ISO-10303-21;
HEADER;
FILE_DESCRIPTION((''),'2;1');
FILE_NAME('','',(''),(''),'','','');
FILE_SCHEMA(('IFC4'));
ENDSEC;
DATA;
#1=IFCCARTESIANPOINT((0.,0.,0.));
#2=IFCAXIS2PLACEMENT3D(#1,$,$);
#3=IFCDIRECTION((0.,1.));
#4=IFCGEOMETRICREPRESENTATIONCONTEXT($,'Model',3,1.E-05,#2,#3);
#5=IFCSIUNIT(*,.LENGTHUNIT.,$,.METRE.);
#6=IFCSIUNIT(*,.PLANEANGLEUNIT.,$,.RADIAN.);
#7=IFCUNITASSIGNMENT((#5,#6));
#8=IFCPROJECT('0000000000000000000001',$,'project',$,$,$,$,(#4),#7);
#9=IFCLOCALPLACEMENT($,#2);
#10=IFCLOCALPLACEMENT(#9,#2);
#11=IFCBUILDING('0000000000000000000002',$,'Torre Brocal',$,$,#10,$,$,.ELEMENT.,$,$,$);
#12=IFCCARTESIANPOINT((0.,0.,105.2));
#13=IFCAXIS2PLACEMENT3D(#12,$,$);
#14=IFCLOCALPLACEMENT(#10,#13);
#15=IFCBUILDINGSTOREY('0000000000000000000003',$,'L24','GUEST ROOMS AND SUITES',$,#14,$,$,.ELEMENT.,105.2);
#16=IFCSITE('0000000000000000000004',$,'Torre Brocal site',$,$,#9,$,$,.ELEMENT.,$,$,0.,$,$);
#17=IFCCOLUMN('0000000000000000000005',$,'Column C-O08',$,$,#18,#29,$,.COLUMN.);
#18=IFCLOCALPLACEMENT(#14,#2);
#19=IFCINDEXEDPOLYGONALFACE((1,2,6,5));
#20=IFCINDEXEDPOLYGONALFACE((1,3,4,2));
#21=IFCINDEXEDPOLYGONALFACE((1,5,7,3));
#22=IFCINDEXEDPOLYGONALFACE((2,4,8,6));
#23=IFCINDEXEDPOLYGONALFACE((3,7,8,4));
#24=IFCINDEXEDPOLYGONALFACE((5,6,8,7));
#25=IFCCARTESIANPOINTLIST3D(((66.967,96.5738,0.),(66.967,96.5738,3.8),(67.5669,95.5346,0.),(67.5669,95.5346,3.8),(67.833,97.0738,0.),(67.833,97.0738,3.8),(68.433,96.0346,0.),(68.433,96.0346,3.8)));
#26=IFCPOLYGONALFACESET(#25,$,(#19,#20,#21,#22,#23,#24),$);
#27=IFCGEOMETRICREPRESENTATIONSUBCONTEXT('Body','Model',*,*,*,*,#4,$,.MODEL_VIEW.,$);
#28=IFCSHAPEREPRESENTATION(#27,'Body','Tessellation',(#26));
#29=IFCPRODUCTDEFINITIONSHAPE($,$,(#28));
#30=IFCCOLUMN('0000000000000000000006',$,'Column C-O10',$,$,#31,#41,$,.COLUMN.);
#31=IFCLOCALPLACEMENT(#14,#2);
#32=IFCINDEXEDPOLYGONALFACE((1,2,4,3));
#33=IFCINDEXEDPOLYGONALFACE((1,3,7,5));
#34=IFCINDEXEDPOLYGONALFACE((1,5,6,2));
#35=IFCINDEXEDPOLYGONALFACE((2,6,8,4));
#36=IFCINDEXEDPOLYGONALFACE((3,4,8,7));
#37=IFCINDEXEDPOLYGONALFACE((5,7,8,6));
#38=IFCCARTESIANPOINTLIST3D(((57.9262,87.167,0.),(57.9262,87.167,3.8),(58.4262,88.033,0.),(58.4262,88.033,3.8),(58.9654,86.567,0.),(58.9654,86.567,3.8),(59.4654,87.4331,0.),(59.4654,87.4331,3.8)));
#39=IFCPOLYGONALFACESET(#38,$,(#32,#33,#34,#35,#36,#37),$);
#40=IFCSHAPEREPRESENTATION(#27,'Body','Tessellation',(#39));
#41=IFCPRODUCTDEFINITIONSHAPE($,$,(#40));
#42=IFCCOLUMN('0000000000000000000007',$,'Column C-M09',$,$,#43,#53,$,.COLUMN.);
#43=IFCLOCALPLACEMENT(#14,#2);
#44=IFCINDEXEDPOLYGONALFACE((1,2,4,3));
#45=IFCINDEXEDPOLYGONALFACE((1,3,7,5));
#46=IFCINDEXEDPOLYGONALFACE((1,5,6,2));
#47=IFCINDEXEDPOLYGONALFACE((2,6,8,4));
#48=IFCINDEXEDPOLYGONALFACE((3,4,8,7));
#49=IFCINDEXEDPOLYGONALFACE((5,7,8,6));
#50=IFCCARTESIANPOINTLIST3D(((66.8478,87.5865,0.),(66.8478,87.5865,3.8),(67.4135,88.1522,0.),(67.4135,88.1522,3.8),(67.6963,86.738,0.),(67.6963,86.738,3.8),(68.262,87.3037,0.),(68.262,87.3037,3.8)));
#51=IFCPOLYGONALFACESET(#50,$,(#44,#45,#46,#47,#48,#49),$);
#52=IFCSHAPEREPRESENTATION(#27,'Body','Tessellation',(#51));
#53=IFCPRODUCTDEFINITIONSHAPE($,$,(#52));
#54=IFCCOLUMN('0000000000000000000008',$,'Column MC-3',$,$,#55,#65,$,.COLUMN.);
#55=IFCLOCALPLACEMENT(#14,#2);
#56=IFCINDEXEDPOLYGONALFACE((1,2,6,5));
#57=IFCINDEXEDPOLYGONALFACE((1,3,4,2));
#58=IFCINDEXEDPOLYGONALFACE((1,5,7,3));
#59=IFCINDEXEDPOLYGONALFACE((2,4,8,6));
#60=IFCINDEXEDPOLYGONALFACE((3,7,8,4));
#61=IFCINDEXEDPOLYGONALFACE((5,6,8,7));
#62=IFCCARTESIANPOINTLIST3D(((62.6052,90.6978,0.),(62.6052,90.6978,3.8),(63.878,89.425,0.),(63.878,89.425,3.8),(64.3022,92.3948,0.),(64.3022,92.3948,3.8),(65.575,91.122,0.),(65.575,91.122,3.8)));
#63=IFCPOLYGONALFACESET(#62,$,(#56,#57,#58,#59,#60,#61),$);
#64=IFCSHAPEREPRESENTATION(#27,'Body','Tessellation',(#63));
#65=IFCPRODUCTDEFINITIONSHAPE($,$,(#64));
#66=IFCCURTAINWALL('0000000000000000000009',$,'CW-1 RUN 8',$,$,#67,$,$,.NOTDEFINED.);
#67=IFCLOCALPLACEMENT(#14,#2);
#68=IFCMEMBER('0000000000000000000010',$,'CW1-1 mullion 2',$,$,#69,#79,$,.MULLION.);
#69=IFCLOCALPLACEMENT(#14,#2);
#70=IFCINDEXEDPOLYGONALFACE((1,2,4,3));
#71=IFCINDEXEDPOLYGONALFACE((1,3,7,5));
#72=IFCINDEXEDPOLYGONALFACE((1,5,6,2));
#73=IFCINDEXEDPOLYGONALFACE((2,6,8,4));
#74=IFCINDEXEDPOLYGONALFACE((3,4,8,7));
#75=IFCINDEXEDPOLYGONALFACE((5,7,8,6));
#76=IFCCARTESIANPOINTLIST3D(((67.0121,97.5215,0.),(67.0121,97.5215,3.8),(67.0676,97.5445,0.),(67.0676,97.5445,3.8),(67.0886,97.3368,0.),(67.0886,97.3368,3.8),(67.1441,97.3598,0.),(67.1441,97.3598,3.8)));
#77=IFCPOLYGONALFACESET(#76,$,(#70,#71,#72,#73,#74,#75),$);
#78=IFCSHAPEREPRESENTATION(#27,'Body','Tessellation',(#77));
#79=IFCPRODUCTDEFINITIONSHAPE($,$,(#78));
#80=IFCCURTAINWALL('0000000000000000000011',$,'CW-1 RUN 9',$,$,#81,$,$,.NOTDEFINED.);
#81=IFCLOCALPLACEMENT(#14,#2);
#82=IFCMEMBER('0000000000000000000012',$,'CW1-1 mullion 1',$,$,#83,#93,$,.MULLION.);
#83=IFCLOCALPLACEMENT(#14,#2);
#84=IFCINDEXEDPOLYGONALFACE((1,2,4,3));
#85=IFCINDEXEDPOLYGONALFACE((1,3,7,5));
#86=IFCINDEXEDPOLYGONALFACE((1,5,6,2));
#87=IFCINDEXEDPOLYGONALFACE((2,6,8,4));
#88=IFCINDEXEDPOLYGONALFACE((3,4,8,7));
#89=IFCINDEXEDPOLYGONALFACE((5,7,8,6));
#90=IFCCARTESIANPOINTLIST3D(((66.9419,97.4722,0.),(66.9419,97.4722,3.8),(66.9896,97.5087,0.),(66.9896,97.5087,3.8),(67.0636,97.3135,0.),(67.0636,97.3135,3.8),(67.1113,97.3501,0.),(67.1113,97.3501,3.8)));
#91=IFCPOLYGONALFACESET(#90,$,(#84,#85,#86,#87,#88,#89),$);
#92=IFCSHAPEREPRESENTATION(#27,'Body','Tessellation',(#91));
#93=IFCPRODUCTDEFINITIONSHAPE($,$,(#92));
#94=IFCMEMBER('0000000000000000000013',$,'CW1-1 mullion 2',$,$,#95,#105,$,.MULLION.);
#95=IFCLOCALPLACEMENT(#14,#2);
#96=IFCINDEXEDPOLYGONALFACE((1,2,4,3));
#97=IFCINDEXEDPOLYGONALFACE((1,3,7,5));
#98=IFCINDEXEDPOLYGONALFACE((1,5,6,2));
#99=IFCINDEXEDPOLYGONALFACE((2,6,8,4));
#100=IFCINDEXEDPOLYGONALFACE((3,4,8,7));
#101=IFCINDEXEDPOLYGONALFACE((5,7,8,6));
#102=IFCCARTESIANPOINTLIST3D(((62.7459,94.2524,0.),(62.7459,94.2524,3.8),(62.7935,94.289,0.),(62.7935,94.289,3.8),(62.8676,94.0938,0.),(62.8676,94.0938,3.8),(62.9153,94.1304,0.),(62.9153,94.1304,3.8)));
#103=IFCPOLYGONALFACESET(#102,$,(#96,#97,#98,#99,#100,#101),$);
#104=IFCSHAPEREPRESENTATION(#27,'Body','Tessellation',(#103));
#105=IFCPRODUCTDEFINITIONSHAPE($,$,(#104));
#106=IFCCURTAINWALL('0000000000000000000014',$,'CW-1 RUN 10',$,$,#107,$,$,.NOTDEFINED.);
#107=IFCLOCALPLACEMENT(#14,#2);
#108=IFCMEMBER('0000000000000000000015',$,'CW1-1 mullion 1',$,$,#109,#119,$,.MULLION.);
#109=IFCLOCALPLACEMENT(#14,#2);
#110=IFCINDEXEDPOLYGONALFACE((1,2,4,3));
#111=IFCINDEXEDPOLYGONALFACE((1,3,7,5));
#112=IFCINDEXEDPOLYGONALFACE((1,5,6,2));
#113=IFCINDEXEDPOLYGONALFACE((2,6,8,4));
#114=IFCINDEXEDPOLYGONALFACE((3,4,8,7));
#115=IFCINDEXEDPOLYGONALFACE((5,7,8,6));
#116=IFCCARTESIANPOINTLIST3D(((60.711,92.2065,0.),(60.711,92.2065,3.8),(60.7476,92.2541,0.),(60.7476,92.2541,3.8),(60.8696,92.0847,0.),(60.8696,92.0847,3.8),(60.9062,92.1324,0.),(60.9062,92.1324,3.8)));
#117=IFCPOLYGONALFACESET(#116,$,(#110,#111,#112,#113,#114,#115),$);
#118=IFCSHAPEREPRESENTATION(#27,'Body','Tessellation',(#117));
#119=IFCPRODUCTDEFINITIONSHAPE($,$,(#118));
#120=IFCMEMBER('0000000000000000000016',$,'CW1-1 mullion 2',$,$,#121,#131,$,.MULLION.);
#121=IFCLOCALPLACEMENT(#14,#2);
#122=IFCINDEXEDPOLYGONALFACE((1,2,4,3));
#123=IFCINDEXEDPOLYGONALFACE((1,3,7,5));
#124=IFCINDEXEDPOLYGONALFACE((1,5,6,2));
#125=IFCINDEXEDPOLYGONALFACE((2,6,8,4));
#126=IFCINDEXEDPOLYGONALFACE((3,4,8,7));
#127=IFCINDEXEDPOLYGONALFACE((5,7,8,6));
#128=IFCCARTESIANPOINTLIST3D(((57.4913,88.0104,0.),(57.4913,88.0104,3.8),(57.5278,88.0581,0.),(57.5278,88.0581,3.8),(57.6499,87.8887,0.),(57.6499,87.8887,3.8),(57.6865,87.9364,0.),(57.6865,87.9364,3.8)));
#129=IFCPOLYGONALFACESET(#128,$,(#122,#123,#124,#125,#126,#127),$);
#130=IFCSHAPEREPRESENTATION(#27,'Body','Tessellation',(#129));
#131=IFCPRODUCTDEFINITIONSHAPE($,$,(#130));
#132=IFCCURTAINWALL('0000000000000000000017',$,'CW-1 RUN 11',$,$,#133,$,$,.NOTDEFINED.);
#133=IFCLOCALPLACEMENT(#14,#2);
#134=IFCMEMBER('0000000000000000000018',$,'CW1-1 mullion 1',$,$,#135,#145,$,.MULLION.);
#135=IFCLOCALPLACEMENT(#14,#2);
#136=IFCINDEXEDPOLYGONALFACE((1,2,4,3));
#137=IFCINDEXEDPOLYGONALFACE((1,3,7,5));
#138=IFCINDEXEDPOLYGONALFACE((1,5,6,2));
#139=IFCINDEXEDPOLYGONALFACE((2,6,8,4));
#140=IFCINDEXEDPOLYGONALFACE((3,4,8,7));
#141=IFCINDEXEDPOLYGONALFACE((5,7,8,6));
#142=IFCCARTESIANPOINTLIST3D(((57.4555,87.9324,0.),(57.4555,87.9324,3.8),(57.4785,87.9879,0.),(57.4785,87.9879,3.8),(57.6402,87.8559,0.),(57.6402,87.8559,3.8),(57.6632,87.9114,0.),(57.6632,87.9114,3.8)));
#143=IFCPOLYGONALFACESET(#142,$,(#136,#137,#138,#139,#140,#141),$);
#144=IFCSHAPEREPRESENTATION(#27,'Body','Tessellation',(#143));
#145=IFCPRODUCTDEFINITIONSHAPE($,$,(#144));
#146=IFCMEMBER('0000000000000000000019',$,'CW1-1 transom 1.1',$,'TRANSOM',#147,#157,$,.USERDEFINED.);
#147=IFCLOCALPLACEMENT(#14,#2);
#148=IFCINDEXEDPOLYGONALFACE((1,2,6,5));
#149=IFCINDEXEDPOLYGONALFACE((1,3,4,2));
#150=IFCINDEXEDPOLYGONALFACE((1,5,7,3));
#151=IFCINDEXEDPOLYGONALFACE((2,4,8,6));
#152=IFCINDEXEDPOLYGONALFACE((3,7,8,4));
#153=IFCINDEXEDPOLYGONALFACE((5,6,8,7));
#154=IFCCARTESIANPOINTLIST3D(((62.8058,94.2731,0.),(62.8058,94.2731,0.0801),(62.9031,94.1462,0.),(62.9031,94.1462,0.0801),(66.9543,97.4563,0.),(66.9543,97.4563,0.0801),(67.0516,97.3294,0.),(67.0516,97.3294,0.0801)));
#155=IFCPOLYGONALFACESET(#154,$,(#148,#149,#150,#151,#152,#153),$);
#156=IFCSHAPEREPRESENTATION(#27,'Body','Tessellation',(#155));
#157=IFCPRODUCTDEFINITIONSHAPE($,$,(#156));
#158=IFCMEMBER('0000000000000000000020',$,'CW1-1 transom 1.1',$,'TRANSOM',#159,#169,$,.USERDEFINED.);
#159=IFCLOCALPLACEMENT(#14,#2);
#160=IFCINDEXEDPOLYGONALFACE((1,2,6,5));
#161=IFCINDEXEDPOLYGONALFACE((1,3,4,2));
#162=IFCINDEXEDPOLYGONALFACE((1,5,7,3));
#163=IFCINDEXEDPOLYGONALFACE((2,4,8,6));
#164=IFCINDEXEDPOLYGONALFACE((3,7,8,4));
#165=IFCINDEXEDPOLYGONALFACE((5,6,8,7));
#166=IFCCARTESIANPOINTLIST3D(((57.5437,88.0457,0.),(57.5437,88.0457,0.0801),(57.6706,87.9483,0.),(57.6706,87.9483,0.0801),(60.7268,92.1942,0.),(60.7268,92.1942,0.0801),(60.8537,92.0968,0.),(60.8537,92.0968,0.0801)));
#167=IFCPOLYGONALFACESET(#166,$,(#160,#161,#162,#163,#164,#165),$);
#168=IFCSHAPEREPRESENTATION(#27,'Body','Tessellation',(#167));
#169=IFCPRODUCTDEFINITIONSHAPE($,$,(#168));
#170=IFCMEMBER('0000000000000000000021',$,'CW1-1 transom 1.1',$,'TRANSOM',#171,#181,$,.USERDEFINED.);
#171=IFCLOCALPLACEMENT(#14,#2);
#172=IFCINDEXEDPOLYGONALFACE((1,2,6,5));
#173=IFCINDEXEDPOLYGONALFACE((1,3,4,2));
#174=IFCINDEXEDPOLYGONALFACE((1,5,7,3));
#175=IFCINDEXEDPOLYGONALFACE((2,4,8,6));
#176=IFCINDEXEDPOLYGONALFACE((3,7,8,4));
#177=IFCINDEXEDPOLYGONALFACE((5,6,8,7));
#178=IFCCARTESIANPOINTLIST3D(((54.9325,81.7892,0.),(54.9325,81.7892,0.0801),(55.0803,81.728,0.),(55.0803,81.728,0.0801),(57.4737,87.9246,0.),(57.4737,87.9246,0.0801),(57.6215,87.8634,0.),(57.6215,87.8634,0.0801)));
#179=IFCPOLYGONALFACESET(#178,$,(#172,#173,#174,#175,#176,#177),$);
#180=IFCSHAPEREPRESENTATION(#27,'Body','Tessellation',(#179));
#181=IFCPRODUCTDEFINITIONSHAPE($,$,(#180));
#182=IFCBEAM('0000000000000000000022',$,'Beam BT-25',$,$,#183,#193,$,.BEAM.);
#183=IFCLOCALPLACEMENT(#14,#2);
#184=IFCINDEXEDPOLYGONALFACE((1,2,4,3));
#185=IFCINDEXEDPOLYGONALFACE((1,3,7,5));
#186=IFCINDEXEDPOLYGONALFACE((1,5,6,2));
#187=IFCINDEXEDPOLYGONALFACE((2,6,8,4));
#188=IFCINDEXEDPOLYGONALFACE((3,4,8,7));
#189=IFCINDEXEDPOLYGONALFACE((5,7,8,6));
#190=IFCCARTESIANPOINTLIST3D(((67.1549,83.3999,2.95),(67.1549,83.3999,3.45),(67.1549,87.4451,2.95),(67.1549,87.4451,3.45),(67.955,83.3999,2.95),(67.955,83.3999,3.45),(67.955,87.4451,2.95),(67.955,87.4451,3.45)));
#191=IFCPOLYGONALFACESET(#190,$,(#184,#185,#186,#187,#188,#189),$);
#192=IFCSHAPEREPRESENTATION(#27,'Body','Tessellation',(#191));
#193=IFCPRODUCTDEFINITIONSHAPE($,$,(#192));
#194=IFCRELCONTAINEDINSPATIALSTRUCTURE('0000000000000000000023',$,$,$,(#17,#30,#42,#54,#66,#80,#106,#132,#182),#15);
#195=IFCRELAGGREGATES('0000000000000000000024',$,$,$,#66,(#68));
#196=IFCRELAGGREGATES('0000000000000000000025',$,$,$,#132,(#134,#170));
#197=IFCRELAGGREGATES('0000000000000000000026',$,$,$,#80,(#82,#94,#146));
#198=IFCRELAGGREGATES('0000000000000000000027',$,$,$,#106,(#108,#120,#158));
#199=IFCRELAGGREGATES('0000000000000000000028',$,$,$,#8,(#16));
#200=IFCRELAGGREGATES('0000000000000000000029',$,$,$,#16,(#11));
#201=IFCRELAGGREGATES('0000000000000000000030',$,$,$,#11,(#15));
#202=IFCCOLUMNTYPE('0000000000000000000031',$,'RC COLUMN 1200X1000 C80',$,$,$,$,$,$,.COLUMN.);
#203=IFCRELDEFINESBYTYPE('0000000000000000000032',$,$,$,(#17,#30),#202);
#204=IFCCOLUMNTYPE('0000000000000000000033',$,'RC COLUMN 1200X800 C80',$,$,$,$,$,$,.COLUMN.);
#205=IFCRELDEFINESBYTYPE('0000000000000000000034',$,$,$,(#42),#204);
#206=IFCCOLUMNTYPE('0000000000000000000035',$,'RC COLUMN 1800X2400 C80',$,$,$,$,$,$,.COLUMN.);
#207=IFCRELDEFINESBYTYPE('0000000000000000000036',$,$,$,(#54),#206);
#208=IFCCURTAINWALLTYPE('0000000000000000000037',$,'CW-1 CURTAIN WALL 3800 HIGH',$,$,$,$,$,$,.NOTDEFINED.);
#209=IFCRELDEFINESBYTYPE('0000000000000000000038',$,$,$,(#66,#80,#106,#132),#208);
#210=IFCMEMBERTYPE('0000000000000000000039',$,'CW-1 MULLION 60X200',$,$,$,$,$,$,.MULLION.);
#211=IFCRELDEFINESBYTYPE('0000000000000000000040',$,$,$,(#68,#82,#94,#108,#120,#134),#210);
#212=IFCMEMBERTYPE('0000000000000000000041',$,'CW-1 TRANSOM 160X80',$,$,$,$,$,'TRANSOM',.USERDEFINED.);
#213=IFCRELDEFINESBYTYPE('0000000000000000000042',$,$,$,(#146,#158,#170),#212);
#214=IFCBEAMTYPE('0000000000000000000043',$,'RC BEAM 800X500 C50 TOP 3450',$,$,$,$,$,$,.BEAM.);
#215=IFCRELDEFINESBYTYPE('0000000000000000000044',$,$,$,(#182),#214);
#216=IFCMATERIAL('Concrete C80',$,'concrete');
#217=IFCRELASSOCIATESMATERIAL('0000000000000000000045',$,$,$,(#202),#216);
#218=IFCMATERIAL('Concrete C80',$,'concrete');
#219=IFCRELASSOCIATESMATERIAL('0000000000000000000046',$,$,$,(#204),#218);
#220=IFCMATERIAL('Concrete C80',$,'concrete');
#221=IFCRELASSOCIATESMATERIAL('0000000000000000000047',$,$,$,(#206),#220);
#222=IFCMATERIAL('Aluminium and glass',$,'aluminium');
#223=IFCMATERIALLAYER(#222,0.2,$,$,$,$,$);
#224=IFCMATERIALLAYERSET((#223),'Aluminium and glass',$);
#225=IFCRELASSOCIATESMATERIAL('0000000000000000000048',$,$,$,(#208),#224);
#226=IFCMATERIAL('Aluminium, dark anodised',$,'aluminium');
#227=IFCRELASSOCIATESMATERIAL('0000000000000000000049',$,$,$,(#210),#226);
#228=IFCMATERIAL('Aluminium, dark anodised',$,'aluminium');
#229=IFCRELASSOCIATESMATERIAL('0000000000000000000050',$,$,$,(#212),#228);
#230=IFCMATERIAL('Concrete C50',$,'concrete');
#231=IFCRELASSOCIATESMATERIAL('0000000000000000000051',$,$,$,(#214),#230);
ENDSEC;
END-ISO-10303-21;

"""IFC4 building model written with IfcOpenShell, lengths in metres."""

from ifc_helpers import new_model, si_unit, direction, frame, origin, origin_2d, place, context, subcontext, project, spatial, rectangle, extrude, material, layer, layer_set, material_profile, profile_set, type_object, element, aggregate, save


model = new_model("IFC4")

# Units and contexts
model_context = context("Model", 3, precision=1e-05, world=origin(), true_north=direction((0.0, 1.0)))
body_context = subcontext(model_context, "Body", "Model", "MODEL_VIEW")
ifc_project = project(units=[si_unit("LENGTHUNIT", "METRE"), si_unit("PLANEANGLEUNIT", "RADIAN")], contexts=[model_context])

# Site, building, storey
site_placement = place(None, origin())
site = spatial("IfcSite", under=ifc_project, at=site_placement, Name="Torre Brocal site", CompositionType="ELEMENT", RefElevation=0.0)
building_placement = place(site_placement, origin())
building = spatial("IfcBuilding", under=site, at=building_placement, Name="Torre Brocal", CompositionType="ELEMENT")
storey_placement = place(building_placement, frame((0.0, 0.0, 105.2)))
storey = spatial("IfcBuildingStorey", under=building, at=storey_placement, Name="L24", Description="GUEST ROOMS AND SUITES", CompositionType="ELEMENT", Elevation=105.2)

# Columns
ifc_material_1 = material(Name="Concrete C80", Category="concrete")
ifc_material_profile_1 = material_profile(ifc_material_1, rectangle(XDim=1.2, YDim=1.0, at=origin_2d()), Name="RC 1200X1000")
ifc_profile_set_1 = profile_set([ifc_material_profile_1], Name="Concrete C80")
column_type_1 = type_object("IfcColumnType", Name="RC COLUMN 1200X1000 C80", PredefinedType="COLUMN", material=ifc_profile_set_1)
for number, where, z_axis, x_axis, name in (
    (1, (67.7, 96.3042, 0.0), (0.0, 0.0, 1.0), (-0.5, 0.866025, 0.0), "Column C-O08"),
    (2, (58.6958, 87.3, 0.0), (0.0, 0.0, 1.0), (-0.866025, 0.5, 0.0), "Column C-O10"),
):
    element("IfcColumn", number, at=place(storey_placement, frame(where, z_axis=z_axis, x_axis=x_axis)), inside=storey, type_object=column_type_1, Name=name, PredefinedType="COLUMN", context=body_context, shape_type="SweptSolid", body=[
        extrude(rectangle(XDim=1.2, YDim=1.0, at=origin_2d()), origin(), (0.0, 0.0, 1.0), 3.8),
    ])
ifc_material_2 = material(Name="Concrete C80", Category="concrete")
ifc_material_profile_2 = material_profile(ifc_material_2, rectangle(XDim=1.2, YDim=0.8, at=origin_2d()), Name="RC 1200X800")
ifc_profile_set_2 = profile_set([ifc_material_profile_2], Name="Concrete C80")
column_type_2 = type_object("IfcColumnType", Name="RC COLUMN 1200X800 C80", PredefinedType="COLUMN", material=ifc_profile_set_2)
column_1_placement = place(storey_placement, frame((67.5549, 87.4451, 0.0), z_axis=(0.0, 0.0, 1.0), x_axis=(-0.707107, 0.707107, 0.0)))
element("IfcColumn", 3, at=column_1_placement, inside=storey, type_object=column_type_2, Name="Column C-M09", PredefinedType="COLUMN", context=body_context, shape_type="SweptSolid", body=[
    extrude(rectangle(XDim=1.2, YDim=0.8, at=origin_2d()), origin(), (0.0, 0.0, 1.0), 3.8),
])
ifc_material_3 = material(Name="Concrete C80", Category="concrete")
ifc_material_profile_3 = material_profile(ifc_material_3, rectangle(XDim=1.8, YDim=2.3999, at=origin_2d()), Name="RC 1800X2400")
ifc_profile_set_3 = profile_set([ifc_material_profile_3], Name="Concrete C80")
column_type_3 = type_object("IfcColumnType", Name="RC COLUMN 1800X2400 C80", PredefinedType="COLUMN", material=ifc_profile_set_3)
column_2_placement = place(storey_placement, frame((64.0901, 90.9099, 0.0), z_axis=(0.0, 0.0, 1.0), x_axis=(-0.707107, 0.707107, 0.0)))
element("IfcColumn", 4, at=column_2_placement, inside=storey, type_object=column_type_3, Name="Column MC-3", PredefinedType="COLUMN", context=body_context, shape_type="SweptSolid", body=[
    extrude(rectangle(XDim=1.8, YDim=2.3999, at=origin_2d()), origin(), (0.0, 0.0, 1.0), 3.8),
])

# Curtain wall, member
ifc_material_4 = material(Name="Aluminium and glass", Category="aluminium")
ifc_layer_1 = layer(ifc_material_4, 0.2)
ifc_layer_set_1 = layer_set([ifc_layer_1], Name="Aluminium and glass")
curtain_wall_type = type_object("IfcCurtainWallType", Name="CW-1 CURTAIN WALL 3800 HIGH", PredefinedType="NOTDEFINED", material=ifc_layer_set_1)
curtain_wall_1_placement = place(storey_placement, origin())
curtain_wall_1 = element("IfcCurtainWall", 5, at=curtain_wall_1_placement, inside=storey, type_object=curtain_wall_type, Name="CW-1 RUN 8", PredefinedType="NOTDEFINED")
ifc_material_5 = material(Name="Aluminium, dark anodised", Category="aluminium")
ifc_material_profile_4 = material_profile(ifc_material_5, rectangle(XDim=0.2, YDim=0.0601, at=origin_2d()), Name="CW-1 MULLION 60X200")
ifc_profile_set_4 = profile_set([ifc_material_profile_4], Name="Aluminium, dark anodised")
member_type_1 = type_object("IfcMemberType", Name="CW-1 MULLION 60X200", PredefinedType="MULLION", material=ifc_profile_set_4)
member_1_placement = place(storey_placement, frame((67.0781, 97.4407, 0.0), z_axis=(0.0, 0.0, 1.0), x_axis=(0.382683, -0.92388, 0.0)))
member_1 = element("IfcMember", 6, at=member_1_placement, type_object=member_type_1, Name="CW1-1 mullion 2", PredefinedType="MULLION", context=body_context, shape_type="SweptSolid", body=[
    extrude(rectangle(XDim=0.2, YDim=0.0601, at=origin_2d()), origin(), (0.0, 0.0, 1.0), 3.8),
])
aggregate(curtain_wall_1, [member_1])

# Curtain walls, members
curtain_wall_2_placement = place(storey_placement, origin())
curtain_wall_2 = element("IfcCurtainWall", 7, at=curtain_wall_2_placement, inside=storey, type_object=curtain_wall_type, Name="CW-1 RUN 9", PredefinedType="NOTDEFINED")
member_2_placement = place(storey_placement, frame((67.0266, 97.4111, 0.0), z_axis=(0.0, 0.0, 1.0), x_axis=(0.608761, -0.793353, 0.0)))
member_2 = element("IfcMember", 8, at=member_2_placement, type_object=member_type_1, Name="CW1-1 mullion 1", PredefinedType="MULLION", context=body_context, shape_type="SweptSolid", body=[
    extrude(rectangle(XDim=0.2, YDim=0.0601, at=origin_2d()), origin(), (0.0, 0.0, 1.0), 3.8),
])
member_3_placement = place(storey_placement, frame((62.8306, 94.1914, 0.0), z_axis=(0.0, 0.0, 1.0), x_axis=(0.608761, -0.793353, 0.0)))
member_3 = element("IfcMember", 9, at=member_3_placement, type_object=member_type_1, Name="CW1-1 mullion 2", PredefinedType="MULLION", context=body_context, shape_type="SweptSolid", body=[
    extrude(rectangle(XDim=0.2, YDim=0.0601, at=origin_2d()), origin(), (0.0, 0.0, 1.0), 3.8),
])
curtain_wall_3_placement = place(storey_placement, origin())
curtain_wall_3 = element("IfcCurtainWall", 10, at=curtain_wall_3_placement, inside=storey, type_object=curtain_wall_type, Name="CW-1 RUN 10", PredefinedType="NOTDEFINED")
member_4_placement = place(storey_placement, frame((60.8086, 92.1694, 0.0), z_axis=(0.0, 0.0, 1.0), x_axis=(0.793353, -0.608761, 0.0)))
member_4 = element("IfcMember", 11, at=member_4_placement, type_object=member_type_1, Name="CW1-1 mullion 1", PredefinedType="MULLION", context=body_context, shape_type="SweptSolid", body=[
    extrude(rectangle(XDim=0.2, YDim=0.0601, at=origin_2d()), origin(), (0.0, 0.0, 1.0), 3.8),
])
member_5_placement = place(storey_placement, frame((57.5889, 87.9734, 0.0), z_axis=(0.0, 0.0, 1.0), x_axis=(0.793353, -0.608761, 0.0)))
member_5 = element("IfcMember", 12, at=member_5_placement, type_object=member_type_1, Name="CW1-1 mullion 2", PredefinedType="MULLION", context=body_context, shape_type="SweptSolid", body=[
    extrude(rectangle(XDim=0.2, YDim=0.0601, at=origin_2d()), origin(), (0.0, 0.0, 1.0), 3.8),
])

# Curtain wall, member
curtain_wall_4_placement = place(storey_placement, origin())
curtain_wall_4 = element("IfcCurtainWall", 13, at=curtain_wall_4_placement, inside=storey, type_object=curtain_wall_type, Name="CW-1 RUN 11", PredefinedType="NOTDEFINED")
member_6_placement = place(storey_placement, frame((57.5593, 87.9219, 0.0), z_axis=(0.0, 0.0, 1.0), x_axis=(0.92388, -0.382683, 0.0)))
member_6 = element("IfcMember", 14, at=member_6_placement, type_object=member_type_1, Name="CW1-1 mullion 1", PredefinedType="MULLION", context=body_context, shape_type="SweptSolid", body=[
    extrude(rectangle(XDim=0.2, YDim=0.0601, at=origin_2d()), origin(), (0.0, 0.0, 1.0), 3.8),
])

# Members
ifc_material_6 = material(Name="Aluminium, dark anodised", Category="aluminium")
ifc_material_profile_5 = material_profile(ifc_material_6, rectangle(XDim=0.1599, YDim=0.0801, at=origin_2d()), Name="CW-1 TRANSOM 160X80")
ifc_profile_set_5 = profile_set([ifc_material_profile_5], Name="Aluminium, dark anodised")
member_type_2 = type_object("IfcMemberType", Name="CW-1 TRANSOM 160X80", ElementType="TRANSOM", PredefinedType="USERDEFINED", material=ifc_profile_set_5)
member_7_placement = place(storey_placement, frame((67.0029, 97.3928, 0.04), z_axis=(-0.793363, -0.608749, 0.0), x_axis=(0.608749, -0.793363, 0.0)))
member_7 = element("IfcMember", 15, at=member_7_placement, type_object=member_type_2, Name="CW1-1 transom 1.1", ObjectType="TRANSOM", PredefinedType="USERDEFINED", context=body_context, shape_type="SweptSolid", body=[
    extrude(rectangle(XDim=0.1599, YDim=0.0801, at=origin_2d()), origin(), (0.0, 0.0, 1.0), 5.229),
])
member_8_placement = place(storey_placement, frame((60.7903, 92.1455, 0.04), z_axis=(-0.608749, -0.793363, 0.0), x_axis=(0.793363, -0.608749, 0.0)))
member_8 = element("IfcMember", 16, at=member_8_placement, type_object=member_type_2, Name="CW1-1 transom 1.1", ObjectType="TRANSOM", PredefinedType="USERDEFINED", context=body_context, shape_type="SweptSolid", body=[
    extrude(rectangle(XDim=0.1599, YDim=0.0801, at=origin_2d()), origin(), (0.0, 0.0, 1.0), 5.229),
])
member_9_placement = place(storey_placement, frame((57.5476, 87.894, 0.04), z_axis=(-0.382665, -0.923887, 0.0), x_axis=(0.923887, -0.382665, 0.0)))
member_9 = element("IfcMember", 17, at=member_9_placement, type_object=member_type_2, Name="CW1-1 transom 1.1", ObjectType="TRANSOM", PredefinedType="USERDEFINED", context=body_context, shape_type="SweptSolid", body=[
    extrude(rectangle(XDim=0.1599, YDim=0.0801, at=origin_2d()), origin(), (0.0, 0.0, 1.0), 6.6409),
])
aggregate(curtain_wall_4, [member_6, member_9])

# Beam
ifc_material_7 = material(Name="Concrete C50", Category="concrete")
ifc_material_profile_6 = material_profile(ifc_material_7, rectangle(XDim=0.8, YDim=0.5, at=origin_2d()), Name="RC 800X500")
ifc_profile_set_6 = profile_set([ifc_material_profile_6], Name="Concrete C50")
beam_type_1 = type_object("IfcBeamType", Name="RC BEAM 800X500 C50 TOP 3450", PredefinedType="BEAM", material=ifc_profile_set_6)
beam_1_placement = place(storey_placement, frame((67.5549, 87.4451, 3.2), z_axis=(0.0, -1.0, 0.0), x_axis=(1.0, 0.0, 0.0)))
element("IfcBeam", 18, at=beam_1_placement, inside=storey, type_object=beam_type_1, Name="Beam BT-25", PredefinedType="BEAM", context=body_context, shape_type="SweptSolid", body=[
    extrude(rectangle(XDim=0.8, YDim=0.5, at=origin_2d()), origin(), (0.0, 0.0, 1.0), 4.0452),
])

aggregate(curtain_wall_2, [member_2, member_3, member_7])
aggregate(curtain_wall_3, [member_4, member_5, member_8])

save(model, "model.ifc")
